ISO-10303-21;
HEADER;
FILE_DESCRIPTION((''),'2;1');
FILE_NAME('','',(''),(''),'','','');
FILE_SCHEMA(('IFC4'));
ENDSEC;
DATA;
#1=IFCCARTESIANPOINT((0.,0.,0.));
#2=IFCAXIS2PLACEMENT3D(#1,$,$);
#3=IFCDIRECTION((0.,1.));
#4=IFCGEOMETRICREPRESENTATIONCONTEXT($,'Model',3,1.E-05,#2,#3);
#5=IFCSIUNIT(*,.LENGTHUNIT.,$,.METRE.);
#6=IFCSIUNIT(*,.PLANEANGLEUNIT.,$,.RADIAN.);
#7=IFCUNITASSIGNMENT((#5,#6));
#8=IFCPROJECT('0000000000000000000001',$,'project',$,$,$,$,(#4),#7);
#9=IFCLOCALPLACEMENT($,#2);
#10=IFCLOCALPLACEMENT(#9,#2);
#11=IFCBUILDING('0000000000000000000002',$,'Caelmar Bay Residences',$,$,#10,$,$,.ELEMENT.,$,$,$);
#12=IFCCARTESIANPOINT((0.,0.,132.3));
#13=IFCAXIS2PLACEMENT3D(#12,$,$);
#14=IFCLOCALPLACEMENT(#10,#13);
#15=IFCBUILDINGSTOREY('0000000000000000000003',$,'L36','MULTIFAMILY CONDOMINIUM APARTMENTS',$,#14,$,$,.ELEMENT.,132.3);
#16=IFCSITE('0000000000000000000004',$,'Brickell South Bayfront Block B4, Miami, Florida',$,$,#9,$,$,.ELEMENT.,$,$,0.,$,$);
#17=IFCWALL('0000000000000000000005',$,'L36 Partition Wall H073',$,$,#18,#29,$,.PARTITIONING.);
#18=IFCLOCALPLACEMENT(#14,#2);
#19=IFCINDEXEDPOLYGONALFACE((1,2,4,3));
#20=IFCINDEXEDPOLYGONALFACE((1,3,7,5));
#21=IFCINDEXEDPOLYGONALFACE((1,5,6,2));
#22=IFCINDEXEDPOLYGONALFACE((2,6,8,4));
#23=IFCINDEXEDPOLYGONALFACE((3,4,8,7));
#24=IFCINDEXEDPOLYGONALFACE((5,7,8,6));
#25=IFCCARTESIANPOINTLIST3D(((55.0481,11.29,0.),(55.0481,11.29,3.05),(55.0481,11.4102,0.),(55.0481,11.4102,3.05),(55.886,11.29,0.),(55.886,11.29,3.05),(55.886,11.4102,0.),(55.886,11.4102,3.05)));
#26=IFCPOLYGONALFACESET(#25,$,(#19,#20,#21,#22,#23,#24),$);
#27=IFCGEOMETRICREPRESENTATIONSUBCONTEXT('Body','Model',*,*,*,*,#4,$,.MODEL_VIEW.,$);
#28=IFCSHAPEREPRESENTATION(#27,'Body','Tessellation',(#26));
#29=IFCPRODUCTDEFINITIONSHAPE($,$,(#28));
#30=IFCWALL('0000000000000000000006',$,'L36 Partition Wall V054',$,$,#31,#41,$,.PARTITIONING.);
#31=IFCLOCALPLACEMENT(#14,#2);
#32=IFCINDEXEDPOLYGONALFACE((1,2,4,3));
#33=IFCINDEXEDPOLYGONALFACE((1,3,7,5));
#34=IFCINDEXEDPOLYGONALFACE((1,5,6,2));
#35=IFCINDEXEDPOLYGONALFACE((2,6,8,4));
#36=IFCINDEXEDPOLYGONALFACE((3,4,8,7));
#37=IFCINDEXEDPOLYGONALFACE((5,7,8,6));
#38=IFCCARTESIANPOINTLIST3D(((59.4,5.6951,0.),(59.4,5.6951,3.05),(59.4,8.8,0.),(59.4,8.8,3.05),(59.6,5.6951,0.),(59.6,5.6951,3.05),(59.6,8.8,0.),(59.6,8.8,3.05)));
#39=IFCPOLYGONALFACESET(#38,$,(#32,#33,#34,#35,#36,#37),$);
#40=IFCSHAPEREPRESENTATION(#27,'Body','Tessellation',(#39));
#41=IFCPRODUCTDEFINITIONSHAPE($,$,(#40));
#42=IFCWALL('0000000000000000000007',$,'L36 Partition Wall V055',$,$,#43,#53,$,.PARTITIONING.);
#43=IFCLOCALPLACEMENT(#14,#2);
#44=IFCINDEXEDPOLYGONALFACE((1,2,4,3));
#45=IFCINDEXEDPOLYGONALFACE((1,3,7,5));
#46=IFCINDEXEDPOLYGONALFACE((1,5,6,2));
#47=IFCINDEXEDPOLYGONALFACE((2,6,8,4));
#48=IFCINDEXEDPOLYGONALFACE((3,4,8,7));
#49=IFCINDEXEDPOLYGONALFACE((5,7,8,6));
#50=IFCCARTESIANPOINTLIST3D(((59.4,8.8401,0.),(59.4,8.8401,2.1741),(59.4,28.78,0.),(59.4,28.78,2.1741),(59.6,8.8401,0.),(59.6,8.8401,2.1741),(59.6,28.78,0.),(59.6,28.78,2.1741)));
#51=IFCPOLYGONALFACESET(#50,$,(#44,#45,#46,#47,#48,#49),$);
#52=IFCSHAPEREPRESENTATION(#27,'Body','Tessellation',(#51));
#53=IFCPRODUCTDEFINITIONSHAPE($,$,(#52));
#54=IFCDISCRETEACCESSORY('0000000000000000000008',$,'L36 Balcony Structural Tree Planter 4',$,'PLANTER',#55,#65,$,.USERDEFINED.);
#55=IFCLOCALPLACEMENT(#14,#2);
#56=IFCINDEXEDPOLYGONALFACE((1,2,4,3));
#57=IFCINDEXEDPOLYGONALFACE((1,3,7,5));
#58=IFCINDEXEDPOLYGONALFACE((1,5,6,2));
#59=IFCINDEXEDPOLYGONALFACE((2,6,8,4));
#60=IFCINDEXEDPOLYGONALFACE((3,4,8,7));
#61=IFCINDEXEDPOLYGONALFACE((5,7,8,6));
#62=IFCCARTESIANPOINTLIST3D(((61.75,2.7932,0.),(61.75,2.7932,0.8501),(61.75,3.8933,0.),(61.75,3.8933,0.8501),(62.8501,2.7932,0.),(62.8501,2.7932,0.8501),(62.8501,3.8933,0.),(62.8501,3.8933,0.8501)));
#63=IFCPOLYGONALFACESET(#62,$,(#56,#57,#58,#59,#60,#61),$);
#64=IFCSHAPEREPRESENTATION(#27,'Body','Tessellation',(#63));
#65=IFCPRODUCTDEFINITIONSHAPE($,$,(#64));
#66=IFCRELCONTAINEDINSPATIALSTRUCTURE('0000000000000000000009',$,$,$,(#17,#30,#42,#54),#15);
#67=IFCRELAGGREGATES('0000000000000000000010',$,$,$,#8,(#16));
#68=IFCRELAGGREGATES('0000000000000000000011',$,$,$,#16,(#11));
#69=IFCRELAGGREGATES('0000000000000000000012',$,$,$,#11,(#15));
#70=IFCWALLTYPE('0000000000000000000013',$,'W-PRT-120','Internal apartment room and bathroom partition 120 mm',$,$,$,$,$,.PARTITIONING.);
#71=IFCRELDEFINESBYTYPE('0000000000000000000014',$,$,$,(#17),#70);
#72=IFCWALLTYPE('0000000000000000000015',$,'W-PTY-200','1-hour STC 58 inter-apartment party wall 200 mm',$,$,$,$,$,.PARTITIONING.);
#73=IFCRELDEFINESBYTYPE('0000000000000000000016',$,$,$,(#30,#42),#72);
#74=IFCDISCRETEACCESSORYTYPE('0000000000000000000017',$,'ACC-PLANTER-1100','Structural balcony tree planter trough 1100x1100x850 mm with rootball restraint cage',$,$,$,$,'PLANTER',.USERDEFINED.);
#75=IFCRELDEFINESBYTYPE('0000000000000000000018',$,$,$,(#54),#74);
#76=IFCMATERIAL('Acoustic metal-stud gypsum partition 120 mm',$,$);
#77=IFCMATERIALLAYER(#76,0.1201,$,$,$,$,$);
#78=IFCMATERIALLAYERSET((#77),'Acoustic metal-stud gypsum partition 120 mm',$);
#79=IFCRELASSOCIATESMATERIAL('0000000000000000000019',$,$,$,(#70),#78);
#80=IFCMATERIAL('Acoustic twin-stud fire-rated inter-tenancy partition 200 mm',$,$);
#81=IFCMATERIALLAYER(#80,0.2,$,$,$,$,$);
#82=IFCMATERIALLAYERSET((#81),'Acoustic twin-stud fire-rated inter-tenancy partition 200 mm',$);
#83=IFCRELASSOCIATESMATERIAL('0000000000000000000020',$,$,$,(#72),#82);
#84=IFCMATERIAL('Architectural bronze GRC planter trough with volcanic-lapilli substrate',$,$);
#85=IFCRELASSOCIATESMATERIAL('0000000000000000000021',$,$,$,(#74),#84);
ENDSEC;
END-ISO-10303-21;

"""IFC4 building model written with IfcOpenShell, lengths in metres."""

from ifc_helpers import new_model, si_unit, direction, frame, frame_2d, origin, origin_2d, place, context, subcontext, project, spatial, rectangle, extrude, material, layer, layer_set, type_object, element, save


model = new_model("IFC4")

# Units and contexts
model_context = context("Model", 3, precision=1e-05, world=origin(), true_north=direction((0.0, 1.0)))
body_context = subcontext(model_context, "Body", "Model", "MODEL_VIEW")
ifc_project = project(units=[si_unit("LENGTHUNIT", "METRE"), si_unit("PLANEANGLEUNIT", "RADIAN")], contexts=[model_context])

# Site, building, storey
site_placement = place(None, origin())
site = spatial("IfcSite", under=ifc_project, at=site_placement, Name="Brickell South Bayfront Block B4, Miami, Florida", CompositionType="ELEMENT", RefElevation=0.0)
building_placement = place(site_placement, origin())
building = spatial("IfcBuilding", under=site, at=building_placement, Name="Caelmar Bay Residences", CompositionType="ELEMENT")
storey_placement = place(building_placement, frame((0.0, 0.0, 132.3)))
storey = spatial("IfcBuildingStorey", under=building, at=storey_placement, Name="L36", Description="MULTIFAMILY CONDOMINIUM APARTMENTS", CompositionType="ELEMENT", Elevation=132.3)

# Shared definitions
ifc_material_1 = material(Name="Acoustic metal-stud gypsum partition 120 mm")
ifc_layer_1 = layer(ifc_material_1, 0.1201)
ifc_layer_set_1 = layer_set([ifc_layer_1], Name="Acoustic metal-stud gypsum partition 120 mm")
wall_type_1 = type_object("IfcWallType", Name="W-PRT-120", Description="Internal apartment room and bathroom partition 120 mm", PredefinedType="PARTITIONING", material=ifc_layer_set_1)

# Wall
wall_1_placement = place(storey_placement, frame((55.0481, 11.3501, 0.0), z_axis=(0.0, 0.0, 1.0), x_axis=(1.0, 0.0, 0.0)))
element("IfcWall", 1, at=wall_1_placement, inside=storey, type_object=wall_type_1, Name="L36 Partition Wall H073", PredefinedType="PARTITIONING", context=body_context, shape_type="SweptSolid", body=[
    extrude(rectangle(XDim=0.8379, YDim=0.1201, at=frame_2d((0.4189, 0.0))), origin(), (0.0, 0.0, 1.0), 3.05),
])

# Walls
ifc_material_2 = material(Name="Acoustic twin-stud fire-rated inter-tenancy partition 200 mm")
ifc_layer_2 = layer(ifc_material_2, 0.2)
ifc_layer_set_2 = layer_set([ifc_layer_2], Name="Acoustic twin-stud fire-rated inter-tenancy partition 200 mm")
wall_type_2 = type_object("IfcWallType", Name="W-PTY-200", Description="1-hour STC 58 inter-apartment party wall 200 mm", PredefinedType="PARTITIONING", material=ifc_layer_set_2)
wall_2_placement = place(storey_placement, frame((59.5, 5.6951, 0.0), z_axis=(0.0, 0.0, 1.0), x_axis=(0.0, 1.0, 0.0)))
element("IfcWall", 2, at=wall_2_placement, inside=storey, type_object=wall_type_2, Name="L36 Partition Wall V054", PredefinedType="PARTITIONING", context=body_context, shape_type="SweptSolid", body=[
    extrude(rectangle(XDim=3.105, YDim=0.2, at=frame_2d((1.5525, 0.0))), origin(), (0.0, 0.0, 1.0), 3.05),
])
wall_3_placement = place(storey_placement, frame((59.5, 8.8401, 0.0), z_axis=(0.0, 0.0, 1.0), x_axis=(0.0, 1.0, 0.0)))
element("IfcWall", 3, at=wall_3_placement, inside=storey, type_object=wall_type_2, Name="L36 Partition Wall V055", PredefinedType="PARTITIONING", context=body_context, shape_type="SweptSolid", body=[
    extrude(rectangle(XDim=19.9399, YDim=0.2, at=frame_2d((9.97, 0.0))), origin(), (0.0, 0.0, 1.0), 2.1741),
])

# Discrete accessory
ifc_material_3 = material(Name="Architectural bronze GRC planter trough with volcanic-lapilli substrate")
discrete_accessory_type = type_object("IfcDiscreteAccessoryType", Name="ACC-PLANTER-1100", Description="Structural balcony tree planter trough 1100x1100x850 mm with rootball restraint cage", ElementType="PLANTER", PredefinedType="USERDEFINED", material=ifc_material_3)
discrete_accessory_placement = place(storey_placement, frame((62.3, 3.3433, 0.0), z_axis=(0.0, 0.0, 1.0), x_axis=(1.0, 0.0, 0.0)))
element("IfcDiscreteAccessory", 4, at=discrete_accessory_placement, inside=storey, type_object=discrete_accessory_type, Name="L36 Balcony Structural Tree Planter 4", ObjectType="PLANTER", PredefinedType="USERDEFINED", context=body_context, shape_type="SweptSolid", body=[
    extrude(rectangle(XDim=1.1001, YDim=1.1001, at=origin_2d()), origin(), (0.0, 0.0, 1.0), 0.8501),
])

save(model, "model.ifc")
